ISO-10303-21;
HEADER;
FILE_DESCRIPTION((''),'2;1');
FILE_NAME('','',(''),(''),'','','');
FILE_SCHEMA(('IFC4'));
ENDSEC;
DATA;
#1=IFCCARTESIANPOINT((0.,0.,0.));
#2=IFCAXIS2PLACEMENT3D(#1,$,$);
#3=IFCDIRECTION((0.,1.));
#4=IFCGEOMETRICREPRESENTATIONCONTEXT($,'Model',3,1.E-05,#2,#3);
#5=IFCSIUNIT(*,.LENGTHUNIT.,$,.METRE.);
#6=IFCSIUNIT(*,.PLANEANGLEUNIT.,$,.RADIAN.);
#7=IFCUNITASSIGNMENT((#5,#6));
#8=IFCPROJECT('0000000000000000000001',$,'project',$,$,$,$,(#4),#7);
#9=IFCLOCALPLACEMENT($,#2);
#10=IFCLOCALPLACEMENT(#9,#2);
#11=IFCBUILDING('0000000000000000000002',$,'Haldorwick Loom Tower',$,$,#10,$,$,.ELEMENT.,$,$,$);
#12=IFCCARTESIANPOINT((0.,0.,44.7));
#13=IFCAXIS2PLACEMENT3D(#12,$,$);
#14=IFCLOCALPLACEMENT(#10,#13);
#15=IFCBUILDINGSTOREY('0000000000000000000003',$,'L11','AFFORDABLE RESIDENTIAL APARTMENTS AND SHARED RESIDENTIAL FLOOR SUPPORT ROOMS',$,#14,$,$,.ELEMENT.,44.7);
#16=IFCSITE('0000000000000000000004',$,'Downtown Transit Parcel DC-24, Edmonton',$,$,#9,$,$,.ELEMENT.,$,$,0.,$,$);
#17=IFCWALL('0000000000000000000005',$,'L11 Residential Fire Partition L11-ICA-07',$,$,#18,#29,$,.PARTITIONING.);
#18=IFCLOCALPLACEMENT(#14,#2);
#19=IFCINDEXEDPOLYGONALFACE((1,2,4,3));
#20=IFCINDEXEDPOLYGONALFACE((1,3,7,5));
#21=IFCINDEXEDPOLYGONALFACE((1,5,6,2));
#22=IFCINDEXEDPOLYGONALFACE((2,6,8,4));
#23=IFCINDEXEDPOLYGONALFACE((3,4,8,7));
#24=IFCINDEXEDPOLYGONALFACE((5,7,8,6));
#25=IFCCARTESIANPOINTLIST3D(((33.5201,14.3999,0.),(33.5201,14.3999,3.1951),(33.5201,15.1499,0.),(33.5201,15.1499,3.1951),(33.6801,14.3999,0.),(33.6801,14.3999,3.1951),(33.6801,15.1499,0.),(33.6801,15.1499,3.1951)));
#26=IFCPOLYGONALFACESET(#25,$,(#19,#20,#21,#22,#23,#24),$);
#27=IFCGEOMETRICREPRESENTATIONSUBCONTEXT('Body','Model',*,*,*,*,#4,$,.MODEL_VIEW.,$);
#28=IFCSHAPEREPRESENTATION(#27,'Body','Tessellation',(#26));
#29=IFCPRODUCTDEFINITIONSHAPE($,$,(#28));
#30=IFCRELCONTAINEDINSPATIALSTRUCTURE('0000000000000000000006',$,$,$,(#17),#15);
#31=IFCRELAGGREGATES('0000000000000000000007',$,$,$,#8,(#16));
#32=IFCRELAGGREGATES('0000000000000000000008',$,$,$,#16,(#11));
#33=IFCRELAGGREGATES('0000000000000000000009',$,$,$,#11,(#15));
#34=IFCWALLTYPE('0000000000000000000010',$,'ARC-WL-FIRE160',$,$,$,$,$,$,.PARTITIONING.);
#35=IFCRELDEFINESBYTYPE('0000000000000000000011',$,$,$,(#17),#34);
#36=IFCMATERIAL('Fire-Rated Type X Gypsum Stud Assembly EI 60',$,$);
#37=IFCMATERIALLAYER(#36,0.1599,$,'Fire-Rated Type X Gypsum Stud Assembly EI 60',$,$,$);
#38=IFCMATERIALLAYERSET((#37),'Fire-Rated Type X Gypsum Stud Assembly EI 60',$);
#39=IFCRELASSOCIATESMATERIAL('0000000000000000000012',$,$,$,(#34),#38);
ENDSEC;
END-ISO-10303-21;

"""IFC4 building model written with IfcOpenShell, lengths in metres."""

from ifc_helpers import new_model, si_unit, direction, frame, frame_2d, origin, place, context, subcontext, project, spatial, rectangle, extrude, material, layer, layer_set, type_object, element, save


model = new_model("IFC4")

# Units and contexts
model_context = context("Model", 3, precision=1e-05, world=origin(), true_north=direction((0.0, 1.0)))
body_context = subcontext(model_context, "Body", "Model", "MODEL_VIEW")
ifc_project = project(units=[si_unit("LENGTHUNIT", "METRE"), si_unit("PLANEANGLEUNIT", "RADIAN")], contexts=[model_context])

# Site, building, storey
site_placement = place(None, origin())
site = spatial("IfcSite", under=ifc_project, at=site_placement, Name="Downtown Transit Parcel DC-24, Edmonton", CompositionType="ELEMENT", RefElevation=0.0)
building_placement = place(site_placement, origin())
building = spatial("IfcBuilding", under=site, at=building_placement, Name="Haldorwick Loom Tower", CompositionType="ELEMENT")
storey_placement = place(building_placement, frame((0.0, 0.0, 44.7)))
storey = spatial("IfcBuildingStorey", under=building, at=storey_placement, Name="L11", Description="AFFORDABLE RESIDENTIAL APARTMENTS AND SHARED RESIDENTIAL FLOOR SUPPORT ROOMS", CompositionType="ELEMENT", Elevation=44.7)

# Wall
ifc_material_1 = material(Name="Fire-Rated Type X Gypsum Stud Assembly EI 60")
ifc_layer_1 = layer(ifc_material_1, 0.1599, Name="Fire-Rated Type X Gypsum Stud Assembly EI 60")
ifc_layer_set_1 = layer_set([ifc_layer_1], Name="Fire-Rated Type X Gypsum Stud Assembly EI 60")
wall_type = type_object("IfcWallType", Name="ARC-WL-FIRE160", PredefinedType="PARTITIONING", material=ifc_layer_set_1)
wall_1_placement = place(storey_placement, frame((33.6001, 15.1499, 0.0), z_axis=(0.0, 0.0, 1.0), x_axis=(0.0, -1.0, 0.0)))
element("IfcWall", 1, at=wall_1_placement, inside=storey, type_object=wall_type, Name="L11 Residential Fire Partition L11-ICA-07", PredefinedType="PARTITIONING", context=body_context, shape_type="SweptSolid", body=[
    extrude(rectangle(XDim=0.75, YDim=0.1599, at=frame_2d((0.375, 0.0))), origin(), (0.0, 0.0, 1.0), 3.1951),
])

save(model, "model.ifc")
